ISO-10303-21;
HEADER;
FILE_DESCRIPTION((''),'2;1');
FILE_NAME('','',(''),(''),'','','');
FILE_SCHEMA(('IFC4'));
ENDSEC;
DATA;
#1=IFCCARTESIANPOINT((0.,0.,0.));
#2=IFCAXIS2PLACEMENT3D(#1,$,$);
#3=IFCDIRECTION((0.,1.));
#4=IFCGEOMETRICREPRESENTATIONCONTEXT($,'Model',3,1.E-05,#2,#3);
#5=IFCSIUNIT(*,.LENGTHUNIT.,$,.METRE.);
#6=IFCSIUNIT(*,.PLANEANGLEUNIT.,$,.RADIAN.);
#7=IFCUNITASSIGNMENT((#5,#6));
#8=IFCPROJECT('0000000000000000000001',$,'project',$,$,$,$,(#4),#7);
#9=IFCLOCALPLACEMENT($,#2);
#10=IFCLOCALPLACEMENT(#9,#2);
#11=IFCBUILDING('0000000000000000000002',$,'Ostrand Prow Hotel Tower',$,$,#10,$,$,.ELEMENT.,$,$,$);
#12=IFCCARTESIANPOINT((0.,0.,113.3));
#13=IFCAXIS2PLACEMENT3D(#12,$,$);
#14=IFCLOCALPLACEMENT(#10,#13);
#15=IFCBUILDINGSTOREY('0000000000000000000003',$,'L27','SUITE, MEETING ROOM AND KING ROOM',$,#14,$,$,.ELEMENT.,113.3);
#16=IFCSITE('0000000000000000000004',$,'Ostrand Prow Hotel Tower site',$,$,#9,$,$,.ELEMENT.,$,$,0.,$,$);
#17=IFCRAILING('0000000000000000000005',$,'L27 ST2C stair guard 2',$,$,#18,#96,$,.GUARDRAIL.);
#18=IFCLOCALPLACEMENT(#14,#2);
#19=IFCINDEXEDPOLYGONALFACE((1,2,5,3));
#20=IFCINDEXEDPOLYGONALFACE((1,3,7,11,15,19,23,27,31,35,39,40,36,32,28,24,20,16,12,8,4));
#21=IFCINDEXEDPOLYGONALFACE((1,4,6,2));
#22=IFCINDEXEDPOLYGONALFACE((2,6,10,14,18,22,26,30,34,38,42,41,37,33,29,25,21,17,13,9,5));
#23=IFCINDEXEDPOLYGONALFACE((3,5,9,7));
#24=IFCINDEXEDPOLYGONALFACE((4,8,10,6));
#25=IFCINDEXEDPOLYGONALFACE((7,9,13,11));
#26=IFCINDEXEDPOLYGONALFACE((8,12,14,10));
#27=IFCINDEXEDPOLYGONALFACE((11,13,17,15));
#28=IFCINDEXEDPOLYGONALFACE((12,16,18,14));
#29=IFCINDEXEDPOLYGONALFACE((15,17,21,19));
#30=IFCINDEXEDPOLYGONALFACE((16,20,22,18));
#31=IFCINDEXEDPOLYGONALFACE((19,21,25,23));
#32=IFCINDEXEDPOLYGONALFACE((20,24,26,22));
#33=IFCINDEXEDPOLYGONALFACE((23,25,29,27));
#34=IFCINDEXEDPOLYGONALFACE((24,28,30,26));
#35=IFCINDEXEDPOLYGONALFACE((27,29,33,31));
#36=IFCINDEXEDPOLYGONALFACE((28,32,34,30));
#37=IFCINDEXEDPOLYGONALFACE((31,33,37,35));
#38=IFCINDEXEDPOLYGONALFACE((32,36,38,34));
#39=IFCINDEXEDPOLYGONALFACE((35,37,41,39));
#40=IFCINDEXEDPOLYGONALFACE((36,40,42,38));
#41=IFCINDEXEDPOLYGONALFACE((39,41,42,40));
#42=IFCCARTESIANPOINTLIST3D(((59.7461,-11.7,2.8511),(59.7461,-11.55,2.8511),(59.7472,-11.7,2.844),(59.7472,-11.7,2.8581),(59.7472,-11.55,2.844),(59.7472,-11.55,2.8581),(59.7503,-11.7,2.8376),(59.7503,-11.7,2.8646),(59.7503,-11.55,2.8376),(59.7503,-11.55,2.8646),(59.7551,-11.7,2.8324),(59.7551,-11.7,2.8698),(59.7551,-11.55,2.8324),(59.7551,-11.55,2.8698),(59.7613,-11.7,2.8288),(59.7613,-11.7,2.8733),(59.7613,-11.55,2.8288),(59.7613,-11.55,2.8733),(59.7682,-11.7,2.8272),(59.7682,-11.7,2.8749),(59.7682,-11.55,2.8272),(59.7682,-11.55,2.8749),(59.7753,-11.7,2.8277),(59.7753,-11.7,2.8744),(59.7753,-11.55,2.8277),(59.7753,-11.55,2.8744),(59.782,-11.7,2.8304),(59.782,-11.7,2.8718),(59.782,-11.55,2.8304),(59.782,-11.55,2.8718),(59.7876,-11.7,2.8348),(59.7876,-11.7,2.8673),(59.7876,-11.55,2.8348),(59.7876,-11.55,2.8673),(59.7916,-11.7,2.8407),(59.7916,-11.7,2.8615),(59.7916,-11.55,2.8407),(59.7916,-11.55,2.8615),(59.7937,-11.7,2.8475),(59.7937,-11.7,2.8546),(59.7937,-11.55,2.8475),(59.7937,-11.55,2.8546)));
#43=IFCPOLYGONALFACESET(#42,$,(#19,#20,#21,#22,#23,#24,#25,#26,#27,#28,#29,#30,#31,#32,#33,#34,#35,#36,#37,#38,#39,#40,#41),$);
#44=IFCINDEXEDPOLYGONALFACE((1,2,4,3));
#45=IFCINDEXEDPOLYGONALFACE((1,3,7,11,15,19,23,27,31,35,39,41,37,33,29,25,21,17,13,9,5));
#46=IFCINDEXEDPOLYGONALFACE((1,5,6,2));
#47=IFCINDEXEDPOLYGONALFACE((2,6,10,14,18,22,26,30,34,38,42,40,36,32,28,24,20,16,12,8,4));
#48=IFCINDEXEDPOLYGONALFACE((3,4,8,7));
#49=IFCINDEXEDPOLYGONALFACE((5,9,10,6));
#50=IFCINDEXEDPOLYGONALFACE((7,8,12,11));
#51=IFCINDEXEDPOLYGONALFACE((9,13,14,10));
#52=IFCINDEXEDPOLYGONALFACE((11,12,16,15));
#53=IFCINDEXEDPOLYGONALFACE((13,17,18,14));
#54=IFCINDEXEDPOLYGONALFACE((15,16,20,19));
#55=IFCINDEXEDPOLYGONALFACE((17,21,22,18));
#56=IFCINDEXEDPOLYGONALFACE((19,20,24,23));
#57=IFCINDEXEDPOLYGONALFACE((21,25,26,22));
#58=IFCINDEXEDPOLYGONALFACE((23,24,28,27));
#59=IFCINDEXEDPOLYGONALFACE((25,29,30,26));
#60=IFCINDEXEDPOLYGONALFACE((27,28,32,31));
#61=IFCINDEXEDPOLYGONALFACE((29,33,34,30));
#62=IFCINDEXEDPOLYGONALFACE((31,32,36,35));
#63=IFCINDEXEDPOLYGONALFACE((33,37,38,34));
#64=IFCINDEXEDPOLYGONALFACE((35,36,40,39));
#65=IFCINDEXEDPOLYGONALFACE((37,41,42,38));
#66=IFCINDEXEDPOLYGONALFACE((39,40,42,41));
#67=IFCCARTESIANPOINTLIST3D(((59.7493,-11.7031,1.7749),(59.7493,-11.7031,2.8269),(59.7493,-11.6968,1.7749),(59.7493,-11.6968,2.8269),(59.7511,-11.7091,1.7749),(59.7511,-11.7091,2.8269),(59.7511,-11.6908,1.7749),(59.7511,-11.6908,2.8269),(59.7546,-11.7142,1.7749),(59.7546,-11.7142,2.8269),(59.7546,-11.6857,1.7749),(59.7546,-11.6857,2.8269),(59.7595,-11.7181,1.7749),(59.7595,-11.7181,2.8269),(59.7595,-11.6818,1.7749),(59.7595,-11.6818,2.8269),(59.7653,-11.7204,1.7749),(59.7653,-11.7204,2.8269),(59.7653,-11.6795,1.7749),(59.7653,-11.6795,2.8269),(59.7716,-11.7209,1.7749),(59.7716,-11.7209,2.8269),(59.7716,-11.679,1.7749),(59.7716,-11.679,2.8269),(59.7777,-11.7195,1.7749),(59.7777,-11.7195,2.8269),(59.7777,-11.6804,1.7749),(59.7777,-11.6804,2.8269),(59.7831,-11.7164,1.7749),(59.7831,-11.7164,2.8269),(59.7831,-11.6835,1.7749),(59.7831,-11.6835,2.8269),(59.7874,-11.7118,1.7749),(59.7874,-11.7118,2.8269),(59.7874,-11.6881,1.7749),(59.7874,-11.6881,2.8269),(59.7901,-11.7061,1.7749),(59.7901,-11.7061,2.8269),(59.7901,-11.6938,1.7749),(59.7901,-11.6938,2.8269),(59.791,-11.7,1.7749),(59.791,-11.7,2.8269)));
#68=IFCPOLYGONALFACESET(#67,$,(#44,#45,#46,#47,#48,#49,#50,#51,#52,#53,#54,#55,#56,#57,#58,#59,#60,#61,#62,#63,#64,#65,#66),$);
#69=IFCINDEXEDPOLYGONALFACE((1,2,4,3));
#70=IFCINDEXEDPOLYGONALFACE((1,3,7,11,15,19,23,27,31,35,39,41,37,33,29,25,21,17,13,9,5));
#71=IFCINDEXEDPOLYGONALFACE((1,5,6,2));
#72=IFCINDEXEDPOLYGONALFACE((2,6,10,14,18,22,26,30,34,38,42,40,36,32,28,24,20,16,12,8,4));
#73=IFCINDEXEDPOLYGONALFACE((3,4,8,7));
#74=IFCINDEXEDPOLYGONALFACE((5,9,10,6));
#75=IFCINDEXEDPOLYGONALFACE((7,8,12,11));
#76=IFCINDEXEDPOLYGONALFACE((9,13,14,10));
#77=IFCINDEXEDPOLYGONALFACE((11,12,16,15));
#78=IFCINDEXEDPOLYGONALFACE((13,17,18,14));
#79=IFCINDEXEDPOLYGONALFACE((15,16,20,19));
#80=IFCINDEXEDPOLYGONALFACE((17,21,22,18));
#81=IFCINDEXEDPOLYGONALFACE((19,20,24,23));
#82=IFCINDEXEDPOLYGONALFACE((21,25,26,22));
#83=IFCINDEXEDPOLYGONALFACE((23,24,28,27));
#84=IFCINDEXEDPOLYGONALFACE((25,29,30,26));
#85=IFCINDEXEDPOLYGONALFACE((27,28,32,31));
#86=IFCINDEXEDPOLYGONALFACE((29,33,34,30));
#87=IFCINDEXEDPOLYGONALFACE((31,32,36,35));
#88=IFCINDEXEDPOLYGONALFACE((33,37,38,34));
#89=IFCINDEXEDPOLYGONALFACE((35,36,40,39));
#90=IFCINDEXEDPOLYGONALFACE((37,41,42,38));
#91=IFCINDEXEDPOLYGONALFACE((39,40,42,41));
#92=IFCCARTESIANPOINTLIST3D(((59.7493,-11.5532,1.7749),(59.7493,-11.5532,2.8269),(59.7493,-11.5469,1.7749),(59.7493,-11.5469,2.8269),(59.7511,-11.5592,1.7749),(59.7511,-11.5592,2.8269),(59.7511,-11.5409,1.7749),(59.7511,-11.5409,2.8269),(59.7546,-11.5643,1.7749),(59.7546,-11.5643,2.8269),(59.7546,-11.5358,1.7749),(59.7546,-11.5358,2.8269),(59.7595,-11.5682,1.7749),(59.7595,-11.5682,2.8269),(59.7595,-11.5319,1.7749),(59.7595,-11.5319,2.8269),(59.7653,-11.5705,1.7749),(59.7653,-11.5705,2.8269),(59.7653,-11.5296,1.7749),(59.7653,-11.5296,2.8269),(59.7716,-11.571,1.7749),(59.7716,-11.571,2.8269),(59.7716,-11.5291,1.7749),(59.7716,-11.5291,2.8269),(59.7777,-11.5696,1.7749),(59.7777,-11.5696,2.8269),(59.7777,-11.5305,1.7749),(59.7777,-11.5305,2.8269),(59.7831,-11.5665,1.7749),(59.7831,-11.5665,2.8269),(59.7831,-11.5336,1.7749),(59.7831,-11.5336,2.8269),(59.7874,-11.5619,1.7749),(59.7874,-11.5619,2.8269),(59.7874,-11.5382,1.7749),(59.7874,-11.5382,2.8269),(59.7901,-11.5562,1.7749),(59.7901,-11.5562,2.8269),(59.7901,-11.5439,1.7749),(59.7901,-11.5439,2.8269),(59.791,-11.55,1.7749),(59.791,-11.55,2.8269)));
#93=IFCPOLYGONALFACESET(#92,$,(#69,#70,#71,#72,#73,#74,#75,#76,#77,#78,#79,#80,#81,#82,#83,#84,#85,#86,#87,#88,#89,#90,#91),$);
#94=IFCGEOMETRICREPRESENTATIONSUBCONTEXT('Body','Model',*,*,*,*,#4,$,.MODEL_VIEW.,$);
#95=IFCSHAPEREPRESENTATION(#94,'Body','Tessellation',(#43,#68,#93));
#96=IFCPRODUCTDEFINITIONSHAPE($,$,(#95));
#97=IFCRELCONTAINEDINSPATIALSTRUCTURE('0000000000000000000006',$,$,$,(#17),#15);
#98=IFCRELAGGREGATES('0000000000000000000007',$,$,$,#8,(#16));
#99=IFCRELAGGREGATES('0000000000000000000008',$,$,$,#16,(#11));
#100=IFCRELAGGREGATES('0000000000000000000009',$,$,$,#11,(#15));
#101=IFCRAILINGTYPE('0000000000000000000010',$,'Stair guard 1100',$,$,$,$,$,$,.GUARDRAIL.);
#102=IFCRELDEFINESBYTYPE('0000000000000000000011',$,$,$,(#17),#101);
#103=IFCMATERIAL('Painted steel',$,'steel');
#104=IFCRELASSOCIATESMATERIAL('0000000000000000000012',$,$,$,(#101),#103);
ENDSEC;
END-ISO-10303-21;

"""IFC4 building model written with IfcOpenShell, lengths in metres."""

from ifc_helpers import new_model, si_unit, direction, frame, origin, origin_2d, place, context, subcontext, project, spatial, circle, extrude, material, type_object, element, save


model = new_model("IFC4")

# Units and contexts
model_context = context("Model", 3, precision=1e-05, world=origin(), true_north=direction((0.0, 1.0)))
body_context = subcontext(model_context, "Body", "Model", "MODEL_VIEW")
ifc_project = project(units=[si_unit("LENGTHUNIT", "METRE"), si_unit("PLANEANGLEUNIT", "RADIAN")], contexts=[model_context])

# Site, building, storey
site_placement = place(None, origin())
site = spatial("IfcSite", under=ifc_project, at=site_placement, Name="Ostrand Prow Hotel Tower site", CompositionType="ELEMENT", RefElevation=0.0)
building_placement = place(site_placement, origin())
building = spatial("IfcBuilding", under=site, at=building_placement, Name="Ostrand Prow Hotel Tower", CompositionType="ELEMENT")
storey_placement = place(building_placement, frame((0.0, 0.0, 113.3)))
storey = spatial("IfcBuildingStorey", under=building, at=storey_placement, Name="L27", Description="SUITE, MEETING ROOM AND KING ROOM", CompositionType="ELEMENT", Elevation=113.3)

# Railing
ifc_material_1 = material(Name="Painted steel", Category="steel")
railing_type_1 = type_object("IfcRailingType", Name="Stair guard 1100", PredefinedType="GUARDRAIL", material=ifc_material_1)
railing_1_placement = place(storey_placement, frame((59.77, -11.7, 1.7749)))
element("IfcRailing", 1, at=railing_1_placement, inside=storey, type_object=railing_type_1, Name="L27 ST2C stair guard 2", PredefinedType="GUARDRAIL", context=body_context, shape_type="SweptSolid", body=[
    extrude(circle(Radius=0.0239, at=origin_2d()), frame((0.0, 0.0, 1.0762), z_axis=(0.0, 1.0, 0.0), x_axis=(-1.0, 0.0, 0.0)), (0.0, 0.0, 1.0), 0.1499),
    extrude(circle(Radius=0.021, at=origin_2d()), origin(), (0.0, 0.0, 1.0), 1.052),
    extrude(circle(Radius=0.021, at=origin_2d()), frame((0.0, 0.1499, 0.0)), (0.0, 0.0, 1.0), 1.052),
])

save(model, "model.ifc")
